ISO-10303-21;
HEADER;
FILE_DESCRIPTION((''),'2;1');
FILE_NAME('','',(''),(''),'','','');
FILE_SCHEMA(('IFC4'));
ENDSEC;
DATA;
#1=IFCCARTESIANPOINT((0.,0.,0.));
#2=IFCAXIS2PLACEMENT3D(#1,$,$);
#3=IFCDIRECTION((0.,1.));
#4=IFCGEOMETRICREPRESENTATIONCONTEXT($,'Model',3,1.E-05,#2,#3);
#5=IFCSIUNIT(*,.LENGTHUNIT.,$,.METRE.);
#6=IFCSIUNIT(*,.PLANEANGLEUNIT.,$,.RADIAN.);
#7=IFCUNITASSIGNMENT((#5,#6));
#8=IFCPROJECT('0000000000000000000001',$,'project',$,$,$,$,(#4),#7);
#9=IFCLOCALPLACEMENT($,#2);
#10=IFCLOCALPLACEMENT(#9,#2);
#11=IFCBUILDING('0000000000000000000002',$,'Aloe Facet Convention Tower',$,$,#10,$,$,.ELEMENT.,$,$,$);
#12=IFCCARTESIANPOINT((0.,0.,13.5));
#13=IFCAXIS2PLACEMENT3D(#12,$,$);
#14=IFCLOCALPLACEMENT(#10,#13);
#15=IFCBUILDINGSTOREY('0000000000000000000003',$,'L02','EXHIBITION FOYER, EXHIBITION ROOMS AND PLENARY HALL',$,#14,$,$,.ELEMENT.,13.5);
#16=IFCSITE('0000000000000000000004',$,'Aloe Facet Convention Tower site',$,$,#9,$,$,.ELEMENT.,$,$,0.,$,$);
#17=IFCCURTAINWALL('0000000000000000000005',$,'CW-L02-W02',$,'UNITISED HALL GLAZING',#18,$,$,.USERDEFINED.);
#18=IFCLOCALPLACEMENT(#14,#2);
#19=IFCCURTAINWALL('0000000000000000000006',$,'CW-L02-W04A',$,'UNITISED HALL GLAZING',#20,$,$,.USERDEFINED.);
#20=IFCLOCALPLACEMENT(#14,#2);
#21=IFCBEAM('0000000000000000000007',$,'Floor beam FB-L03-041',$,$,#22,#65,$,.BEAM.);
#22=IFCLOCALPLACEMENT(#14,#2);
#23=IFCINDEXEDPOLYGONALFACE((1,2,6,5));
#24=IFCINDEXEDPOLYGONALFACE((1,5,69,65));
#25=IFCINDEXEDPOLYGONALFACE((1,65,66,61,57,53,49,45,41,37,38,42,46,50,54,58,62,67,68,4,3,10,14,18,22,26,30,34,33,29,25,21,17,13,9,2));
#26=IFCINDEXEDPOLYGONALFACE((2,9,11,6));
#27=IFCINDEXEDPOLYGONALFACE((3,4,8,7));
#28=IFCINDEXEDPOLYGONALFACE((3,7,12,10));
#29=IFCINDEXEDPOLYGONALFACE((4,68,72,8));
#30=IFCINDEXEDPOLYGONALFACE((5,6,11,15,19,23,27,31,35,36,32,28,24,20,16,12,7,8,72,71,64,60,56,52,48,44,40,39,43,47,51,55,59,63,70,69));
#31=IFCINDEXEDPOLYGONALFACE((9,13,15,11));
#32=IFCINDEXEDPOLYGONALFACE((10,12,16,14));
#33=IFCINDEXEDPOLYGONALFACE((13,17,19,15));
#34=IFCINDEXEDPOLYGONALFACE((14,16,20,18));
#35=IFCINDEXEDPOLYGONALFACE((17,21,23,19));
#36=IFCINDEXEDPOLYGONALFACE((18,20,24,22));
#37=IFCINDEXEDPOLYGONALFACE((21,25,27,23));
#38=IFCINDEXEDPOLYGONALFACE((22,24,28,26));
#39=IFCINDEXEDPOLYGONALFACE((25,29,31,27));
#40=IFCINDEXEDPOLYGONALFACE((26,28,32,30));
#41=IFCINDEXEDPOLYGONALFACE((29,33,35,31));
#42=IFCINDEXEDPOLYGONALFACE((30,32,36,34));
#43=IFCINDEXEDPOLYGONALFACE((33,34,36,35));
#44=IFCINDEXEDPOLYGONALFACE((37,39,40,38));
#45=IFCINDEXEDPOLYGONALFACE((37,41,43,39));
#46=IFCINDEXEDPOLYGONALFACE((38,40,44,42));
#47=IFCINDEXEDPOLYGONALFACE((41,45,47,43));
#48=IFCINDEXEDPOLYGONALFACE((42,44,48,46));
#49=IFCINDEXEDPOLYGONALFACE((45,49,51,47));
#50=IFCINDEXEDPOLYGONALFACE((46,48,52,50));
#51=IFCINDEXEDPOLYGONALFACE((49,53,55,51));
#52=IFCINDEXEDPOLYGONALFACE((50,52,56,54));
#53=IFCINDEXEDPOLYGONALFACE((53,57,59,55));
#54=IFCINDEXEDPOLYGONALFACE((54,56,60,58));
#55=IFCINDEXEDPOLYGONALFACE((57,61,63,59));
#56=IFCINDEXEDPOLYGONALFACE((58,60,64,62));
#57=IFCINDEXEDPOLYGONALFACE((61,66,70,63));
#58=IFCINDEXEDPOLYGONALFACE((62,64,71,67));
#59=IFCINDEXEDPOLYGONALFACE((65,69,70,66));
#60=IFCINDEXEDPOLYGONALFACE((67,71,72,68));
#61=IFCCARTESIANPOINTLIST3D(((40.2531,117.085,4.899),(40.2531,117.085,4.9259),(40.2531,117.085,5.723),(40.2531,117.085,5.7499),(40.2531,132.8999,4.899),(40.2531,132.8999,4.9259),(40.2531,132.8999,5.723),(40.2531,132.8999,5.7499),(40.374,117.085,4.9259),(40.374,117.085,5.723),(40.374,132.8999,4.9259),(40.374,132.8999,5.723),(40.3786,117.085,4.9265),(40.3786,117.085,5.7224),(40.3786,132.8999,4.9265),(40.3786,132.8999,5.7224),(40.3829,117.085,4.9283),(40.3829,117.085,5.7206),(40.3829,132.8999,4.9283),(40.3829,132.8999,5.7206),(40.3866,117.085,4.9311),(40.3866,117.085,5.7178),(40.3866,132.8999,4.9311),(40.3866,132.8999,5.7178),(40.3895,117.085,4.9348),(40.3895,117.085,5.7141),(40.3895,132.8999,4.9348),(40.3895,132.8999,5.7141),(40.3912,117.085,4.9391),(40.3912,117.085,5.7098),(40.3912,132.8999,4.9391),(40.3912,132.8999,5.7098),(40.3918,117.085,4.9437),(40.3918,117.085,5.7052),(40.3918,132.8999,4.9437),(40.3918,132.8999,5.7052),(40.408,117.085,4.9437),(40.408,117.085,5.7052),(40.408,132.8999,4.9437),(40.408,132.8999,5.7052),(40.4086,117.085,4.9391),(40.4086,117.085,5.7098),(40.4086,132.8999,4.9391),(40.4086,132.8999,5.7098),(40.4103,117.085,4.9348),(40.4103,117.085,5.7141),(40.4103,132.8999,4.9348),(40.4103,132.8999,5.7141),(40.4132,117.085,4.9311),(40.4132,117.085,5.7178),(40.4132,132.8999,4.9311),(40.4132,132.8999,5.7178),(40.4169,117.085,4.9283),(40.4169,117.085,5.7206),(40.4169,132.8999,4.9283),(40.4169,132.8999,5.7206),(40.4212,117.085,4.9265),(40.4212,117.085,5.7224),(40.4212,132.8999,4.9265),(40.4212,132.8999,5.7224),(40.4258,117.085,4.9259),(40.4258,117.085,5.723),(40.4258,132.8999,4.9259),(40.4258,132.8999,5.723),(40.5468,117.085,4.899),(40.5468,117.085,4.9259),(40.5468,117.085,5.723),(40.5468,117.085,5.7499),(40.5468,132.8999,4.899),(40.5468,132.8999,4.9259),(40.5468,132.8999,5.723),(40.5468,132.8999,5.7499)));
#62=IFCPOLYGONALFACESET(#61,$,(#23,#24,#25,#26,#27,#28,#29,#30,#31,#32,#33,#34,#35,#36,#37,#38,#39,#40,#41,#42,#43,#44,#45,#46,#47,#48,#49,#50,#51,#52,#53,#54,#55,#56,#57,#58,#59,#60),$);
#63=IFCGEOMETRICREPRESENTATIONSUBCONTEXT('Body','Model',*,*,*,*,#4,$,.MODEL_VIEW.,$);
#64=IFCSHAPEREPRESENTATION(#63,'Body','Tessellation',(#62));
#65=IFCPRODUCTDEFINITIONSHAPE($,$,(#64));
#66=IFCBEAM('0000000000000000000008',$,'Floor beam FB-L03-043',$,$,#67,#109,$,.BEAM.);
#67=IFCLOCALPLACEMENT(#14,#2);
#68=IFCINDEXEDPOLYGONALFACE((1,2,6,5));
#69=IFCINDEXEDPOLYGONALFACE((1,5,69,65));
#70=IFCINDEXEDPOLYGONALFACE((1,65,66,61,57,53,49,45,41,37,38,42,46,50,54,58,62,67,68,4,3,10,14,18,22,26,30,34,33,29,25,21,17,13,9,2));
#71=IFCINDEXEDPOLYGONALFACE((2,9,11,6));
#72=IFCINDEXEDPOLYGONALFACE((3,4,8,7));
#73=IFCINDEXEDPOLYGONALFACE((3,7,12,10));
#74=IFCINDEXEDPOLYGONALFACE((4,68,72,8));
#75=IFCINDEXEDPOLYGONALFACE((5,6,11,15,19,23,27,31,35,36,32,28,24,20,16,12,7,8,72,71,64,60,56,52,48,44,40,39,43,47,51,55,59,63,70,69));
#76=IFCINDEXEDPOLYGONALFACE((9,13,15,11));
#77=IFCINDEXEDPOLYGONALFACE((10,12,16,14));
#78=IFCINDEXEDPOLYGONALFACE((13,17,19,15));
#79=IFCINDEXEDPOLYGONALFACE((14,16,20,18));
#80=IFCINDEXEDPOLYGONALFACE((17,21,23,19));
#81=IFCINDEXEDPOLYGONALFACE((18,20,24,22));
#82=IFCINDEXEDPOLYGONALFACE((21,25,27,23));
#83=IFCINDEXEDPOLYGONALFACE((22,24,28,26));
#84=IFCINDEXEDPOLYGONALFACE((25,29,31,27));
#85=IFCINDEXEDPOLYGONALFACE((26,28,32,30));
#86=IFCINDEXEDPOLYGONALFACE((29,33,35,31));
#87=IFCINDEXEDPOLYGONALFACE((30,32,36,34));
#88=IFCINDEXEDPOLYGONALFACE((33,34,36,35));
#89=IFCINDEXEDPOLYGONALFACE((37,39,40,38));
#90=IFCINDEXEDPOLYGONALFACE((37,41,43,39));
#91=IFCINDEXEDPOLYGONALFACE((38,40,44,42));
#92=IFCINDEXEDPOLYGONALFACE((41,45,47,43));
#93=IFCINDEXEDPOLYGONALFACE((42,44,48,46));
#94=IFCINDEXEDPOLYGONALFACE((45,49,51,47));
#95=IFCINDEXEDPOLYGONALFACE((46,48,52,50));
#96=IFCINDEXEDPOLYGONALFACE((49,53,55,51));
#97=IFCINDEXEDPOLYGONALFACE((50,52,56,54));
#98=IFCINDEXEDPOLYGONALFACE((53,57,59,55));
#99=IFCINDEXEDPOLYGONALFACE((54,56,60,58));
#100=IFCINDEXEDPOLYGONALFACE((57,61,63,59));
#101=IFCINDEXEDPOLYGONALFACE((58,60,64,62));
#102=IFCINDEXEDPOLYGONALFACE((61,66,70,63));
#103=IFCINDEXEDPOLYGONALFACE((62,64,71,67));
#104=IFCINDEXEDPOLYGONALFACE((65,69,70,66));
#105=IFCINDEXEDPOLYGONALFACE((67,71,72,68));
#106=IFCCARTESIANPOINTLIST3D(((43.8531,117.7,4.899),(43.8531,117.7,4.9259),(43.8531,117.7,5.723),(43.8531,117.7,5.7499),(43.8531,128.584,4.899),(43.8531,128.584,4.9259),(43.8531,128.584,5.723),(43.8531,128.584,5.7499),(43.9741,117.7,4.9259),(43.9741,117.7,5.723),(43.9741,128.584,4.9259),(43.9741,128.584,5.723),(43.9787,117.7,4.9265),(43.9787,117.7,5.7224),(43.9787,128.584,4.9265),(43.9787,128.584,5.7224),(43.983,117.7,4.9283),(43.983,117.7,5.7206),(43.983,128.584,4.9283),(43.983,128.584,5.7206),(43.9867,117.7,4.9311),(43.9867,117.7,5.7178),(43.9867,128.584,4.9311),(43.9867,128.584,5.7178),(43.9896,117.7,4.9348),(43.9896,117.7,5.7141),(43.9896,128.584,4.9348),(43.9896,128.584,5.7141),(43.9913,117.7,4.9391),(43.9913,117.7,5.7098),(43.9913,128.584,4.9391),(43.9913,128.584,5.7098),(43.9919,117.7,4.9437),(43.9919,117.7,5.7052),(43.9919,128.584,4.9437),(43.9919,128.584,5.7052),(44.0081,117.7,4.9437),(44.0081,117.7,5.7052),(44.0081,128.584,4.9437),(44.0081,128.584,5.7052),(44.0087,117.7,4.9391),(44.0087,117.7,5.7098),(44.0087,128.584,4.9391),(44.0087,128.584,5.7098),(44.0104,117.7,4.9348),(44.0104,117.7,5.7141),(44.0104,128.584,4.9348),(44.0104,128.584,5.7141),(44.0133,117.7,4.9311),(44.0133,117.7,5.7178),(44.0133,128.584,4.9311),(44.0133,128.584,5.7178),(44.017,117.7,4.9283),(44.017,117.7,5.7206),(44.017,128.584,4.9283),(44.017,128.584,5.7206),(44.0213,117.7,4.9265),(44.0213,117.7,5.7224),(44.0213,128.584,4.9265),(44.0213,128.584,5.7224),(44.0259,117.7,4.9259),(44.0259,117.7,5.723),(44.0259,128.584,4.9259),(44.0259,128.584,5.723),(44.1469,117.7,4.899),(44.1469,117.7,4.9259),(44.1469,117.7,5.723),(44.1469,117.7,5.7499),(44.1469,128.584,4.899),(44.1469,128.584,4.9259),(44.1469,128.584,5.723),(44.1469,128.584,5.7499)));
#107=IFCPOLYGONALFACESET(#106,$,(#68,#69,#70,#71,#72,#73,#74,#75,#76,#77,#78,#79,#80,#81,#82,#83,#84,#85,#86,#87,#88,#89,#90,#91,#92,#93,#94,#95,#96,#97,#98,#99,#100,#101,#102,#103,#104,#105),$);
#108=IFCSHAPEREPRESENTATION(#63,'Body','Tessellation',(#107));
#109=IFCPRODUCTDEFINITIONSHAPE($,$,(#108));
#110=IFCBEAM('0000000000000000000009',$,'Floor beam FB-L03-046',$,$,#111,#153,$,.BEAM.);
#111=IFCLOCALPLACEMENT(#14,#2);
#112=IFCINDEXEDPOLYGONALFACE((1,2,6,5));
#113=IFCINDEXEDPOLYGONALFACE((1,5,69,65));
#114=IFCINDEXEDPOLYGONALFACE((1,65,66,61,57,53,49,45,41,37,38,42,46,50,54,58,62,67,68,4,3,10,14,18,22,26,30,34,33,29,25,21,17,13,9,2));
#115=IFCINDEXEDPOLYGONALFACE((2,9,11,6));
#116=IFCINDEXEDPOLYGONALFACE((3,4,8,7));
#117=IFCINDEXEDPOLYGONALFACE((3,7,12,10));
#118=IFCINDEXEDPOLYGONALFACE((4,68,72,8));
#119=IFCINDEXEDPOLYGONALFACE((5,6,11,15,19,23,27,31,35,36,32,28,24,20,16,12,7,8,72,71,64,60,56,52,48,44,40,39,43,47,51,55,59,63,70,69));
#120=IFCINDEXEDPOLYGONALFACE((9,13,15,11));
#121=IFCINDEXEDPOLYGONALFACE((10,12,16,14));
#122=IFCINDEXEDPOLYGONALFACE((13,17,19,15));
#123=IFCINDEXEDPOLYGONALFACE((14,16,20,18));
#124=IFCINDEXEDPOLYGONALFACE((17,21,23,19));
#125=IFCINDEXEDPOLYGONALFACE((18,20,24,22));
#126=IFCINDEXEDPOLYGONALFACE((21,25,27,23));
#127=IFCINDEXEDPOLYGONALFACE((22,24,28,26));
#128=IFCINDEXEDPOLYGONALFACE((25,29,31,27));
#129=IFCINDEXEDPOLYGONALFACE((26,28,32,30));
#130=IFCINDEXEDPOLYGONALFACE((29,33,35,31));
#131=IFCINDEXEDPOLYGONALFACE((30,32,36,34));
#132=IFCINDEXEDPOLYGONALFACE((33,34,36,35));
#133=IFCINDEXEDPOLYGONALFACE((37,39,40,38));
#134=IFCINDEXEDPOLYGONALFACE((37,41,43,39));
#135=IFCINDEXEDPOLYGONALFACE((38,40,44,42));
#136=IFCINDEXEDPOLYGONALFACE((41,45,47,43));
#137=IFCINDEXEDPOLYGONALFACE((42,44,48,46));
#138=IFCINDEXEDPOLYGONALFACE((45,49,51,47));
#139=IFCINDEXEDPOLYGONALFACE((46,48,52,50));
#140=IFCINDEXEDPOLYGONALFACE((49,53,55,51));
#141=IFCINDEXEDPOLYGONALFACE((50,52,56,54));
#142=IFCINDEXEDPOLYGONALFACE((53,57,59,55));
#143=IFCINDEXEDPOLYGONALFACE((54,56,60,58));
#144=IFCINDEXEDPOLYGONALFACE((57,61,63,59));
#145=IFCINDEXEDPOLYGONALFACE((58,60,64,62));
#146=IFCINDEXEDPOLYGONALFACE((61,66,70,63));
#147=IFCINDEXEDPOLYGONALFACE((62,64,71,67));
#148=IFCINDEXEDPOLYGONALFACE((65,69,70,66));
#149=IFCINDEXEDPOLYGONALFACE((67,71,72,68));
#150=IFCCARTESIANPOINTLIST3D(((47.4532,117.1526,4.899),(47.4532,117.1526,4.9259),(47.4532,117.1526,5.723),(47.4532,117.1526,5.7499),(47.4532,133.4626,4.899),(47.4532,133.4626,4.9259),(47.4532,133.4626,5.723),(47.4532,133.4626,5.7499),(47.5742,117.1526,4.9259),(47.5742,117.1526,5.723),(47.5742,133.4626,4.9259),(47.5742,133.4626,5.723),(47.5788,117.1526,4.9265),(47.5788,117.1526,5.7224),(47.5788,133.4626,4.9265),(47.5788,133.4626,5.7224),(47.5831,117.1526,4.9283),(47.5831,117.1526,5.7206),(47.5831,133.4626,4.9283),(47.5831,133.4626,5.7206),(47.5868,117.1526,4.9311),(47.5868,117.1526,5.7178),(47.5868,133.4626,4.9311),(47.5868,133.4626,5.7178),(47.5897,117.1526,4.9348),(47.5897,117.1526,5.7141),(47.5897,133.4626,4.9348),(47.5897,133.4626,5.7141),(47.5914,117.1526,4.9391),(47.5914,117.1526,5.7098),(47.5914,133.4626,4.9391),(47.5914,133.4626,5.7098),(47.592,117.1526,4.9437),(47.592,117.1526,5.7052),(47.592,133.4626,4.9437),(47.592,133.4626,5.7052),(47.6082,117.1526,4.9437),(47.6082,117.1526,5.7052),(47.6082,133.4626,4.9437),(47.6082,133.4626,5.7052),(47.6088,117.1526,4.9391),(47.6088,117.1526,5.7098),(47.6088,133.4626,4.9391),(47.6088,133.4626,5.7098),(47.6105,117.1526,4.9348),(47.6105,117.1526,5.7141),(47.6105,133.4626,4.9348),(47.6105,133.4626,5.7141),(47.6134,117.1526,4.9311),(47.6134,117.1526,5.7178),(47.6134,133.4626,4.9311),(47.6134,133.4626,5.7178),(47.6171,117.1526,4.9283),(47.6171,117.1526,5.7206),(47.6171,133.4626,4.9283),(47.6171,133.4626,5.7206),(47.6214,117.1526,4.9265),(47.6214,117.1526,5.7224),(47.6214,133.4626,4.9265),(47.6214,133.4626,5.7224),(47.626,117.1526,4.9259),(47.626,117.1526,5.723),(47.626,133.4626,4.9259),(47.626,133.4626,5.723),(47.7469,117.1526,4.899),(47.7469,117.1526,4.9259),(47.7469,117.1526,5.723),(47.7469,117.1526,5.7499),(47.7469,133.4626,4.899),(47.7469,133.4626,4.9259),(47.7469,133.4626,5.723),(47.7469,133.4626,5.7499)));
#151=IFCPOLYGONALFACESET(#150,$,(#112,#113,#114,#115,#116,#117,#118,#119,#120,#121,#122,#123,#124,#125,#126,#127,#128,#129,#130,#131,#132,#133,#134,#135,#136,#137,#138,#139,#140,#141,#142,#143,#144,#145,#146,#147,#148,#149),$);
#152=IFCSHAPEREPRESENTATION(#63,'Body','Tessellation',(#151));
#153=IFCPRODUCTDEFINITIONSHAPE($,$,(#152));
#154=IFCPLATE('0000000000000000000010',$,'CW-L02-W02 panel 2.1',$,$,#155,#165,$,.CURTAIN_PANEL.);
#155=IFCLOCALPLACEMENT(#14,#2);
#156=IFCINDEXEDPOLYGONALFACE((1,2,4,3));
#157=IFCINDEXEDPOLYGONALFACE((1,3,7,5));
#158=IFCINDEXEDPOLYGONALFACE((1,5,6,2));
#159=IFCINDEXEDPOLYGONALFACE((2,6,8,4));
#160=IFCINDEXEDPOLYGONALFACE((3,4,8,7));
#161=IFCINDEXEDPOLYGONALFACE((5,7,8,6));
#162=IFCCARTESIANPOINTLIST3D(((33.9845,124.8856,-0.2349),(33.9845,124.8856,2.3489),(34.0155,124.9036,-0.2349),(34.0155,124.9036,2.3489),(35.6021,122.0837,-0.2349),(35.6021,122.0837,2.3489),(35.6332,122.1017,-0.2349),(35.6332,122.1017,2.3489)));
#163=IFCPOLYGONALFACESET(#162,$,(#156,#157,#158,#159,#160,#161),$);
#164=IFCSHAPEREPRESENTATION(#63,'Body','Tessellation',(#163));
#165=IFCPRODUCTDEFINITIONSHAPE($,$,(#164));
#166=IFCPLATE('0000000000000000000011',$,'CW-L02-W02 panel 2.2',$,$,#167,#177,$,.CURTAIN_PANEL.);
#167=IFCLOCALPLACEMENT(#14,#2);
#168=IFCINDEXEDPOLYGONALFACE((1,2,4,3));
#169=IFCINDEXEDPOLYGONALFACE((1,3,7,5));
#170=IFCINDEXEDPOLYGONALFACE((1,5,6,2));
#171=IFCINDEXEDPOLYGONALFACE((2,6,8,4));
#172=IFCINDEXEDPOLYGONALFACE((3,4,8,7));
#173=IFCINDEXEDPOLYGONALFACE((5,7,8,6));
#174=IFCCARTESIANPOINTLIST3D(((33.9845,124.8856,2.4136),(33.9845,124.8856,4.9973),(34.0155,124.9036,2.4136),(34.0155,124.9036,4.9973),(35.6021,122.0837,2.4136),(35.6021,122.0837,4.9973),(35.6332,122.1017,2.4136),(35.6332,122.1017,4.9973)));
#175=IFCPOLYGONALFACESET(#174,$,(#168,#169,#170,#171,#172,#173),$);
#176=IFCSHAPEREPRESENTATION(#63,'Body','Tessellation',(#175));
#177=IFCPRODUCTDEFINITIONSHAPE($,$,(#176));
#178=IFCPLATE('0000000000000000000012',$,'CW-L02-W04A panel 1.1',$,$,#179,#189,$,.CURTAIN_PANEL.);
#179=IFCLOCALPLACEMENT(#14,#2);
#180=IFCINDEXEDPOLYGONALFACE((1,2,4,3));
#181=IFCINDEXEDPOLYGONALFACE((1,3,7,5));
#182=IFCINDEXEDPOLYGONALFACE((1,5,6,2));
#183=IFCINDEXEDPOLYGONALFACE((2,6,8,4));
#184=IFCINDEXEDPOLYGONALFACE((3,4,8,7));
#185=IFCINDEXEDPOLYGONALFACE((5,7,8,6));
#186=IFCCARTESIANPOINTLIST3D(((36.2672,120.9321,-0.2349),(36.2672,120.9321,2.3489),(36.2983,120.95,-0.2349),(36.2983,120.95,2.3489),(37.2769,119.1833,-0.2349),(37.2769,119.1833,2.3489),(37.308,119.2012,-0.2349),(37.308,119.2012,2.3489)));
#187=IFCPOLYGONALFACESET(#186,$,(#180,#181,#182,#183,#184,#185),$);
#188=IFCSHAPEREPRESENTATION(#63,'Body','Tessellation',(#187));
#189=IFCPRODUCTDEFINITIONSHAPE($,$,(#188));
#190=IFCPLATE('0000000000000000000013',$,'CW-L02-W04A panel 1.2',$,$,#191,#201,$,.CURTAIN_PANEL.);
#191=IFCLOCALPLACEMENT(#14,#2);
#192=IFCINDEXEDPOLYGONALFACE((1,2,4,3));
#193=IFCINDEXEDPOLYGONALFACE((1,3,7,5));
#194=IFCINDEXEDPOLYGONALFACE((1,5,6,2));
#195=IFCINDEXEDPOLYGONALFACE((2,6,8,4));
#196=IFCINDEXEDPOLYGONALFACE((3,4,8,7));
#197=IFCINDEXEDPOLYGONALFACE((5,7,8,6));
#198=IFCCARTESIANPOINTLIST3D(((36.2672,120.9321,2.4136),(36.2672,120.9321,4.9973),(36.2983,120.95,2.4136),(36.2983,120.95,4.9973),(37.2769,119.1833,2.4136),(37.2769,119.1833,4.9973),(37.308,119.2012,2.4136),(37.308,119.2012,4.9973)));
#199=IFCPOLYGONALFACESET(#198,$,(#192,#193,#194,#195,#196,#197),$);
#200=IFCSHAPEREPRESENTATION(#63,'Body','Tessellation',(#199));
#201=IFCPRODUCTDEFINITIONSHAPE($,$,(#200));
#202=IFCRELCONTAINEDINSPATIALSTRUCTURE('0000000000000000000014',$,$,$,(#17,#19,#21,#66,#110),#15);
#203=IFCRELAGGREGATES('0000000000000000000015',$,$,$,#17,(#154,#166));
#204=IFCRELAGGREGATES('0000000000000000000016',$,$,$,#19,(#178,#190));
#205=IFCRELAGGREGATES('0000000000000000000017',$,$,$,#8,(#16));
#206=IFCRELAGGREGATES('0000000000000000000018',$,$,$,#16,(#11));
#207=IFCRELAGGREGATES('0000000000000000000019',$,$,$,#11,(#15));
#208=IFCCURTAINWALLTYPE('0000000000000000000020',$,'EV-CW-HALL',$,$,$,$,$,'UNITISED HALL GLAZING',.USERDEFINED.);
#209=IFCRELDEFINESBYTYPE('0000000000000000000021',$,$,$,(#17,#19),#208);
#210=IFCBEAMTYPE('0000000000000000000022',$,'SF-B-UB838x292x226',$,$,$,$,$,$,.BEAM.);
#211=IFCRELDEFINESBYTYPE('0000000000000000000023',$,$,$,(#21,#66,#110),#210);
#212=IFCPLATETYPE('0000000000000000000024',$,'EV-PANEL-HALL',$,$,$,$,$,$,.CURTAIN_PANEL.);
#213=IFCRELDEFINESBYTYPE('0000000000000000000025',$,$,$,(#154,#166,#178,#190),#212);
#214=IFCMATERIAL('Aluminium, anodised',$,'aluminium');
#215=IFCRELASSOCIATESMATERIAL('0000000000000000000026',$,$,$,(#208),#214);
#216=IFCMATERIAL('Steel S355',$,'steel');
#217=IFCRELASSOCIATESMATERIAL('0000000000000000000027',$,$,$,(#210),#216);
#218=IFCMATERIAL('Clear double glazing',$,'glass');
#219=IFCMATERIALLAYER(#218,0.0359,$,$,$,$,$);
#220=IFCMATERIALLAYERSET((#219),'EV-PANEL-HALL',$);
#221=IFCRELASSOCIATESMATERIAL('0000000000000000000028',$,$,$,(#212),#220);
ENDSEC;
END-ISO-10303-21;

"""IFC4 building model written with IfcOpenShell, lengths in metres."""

from ifc_helpers import new_model, si_unit, direction, frame, origin, origin_2d, place, context, subcontext, project, spatial, rectangle, i_section, extrude, material, layer, layer_set, material_profile, profile_set, type_object, element, aggregate, save


model = new_model("IFC4")

# Units and contexts
model_context = context("Model", 3, precision=1e-05, world=origin(), true_north=direction((0.0, 1.0)))
body_context = subcontext(model_context, "Body", "Model", "MODEL_VIEW")
ifc_project = project(units=[si_unit("LENGTHUNIT", "METRE"), si_unit("PLANEANGLEUNIT", "RADIAN")], contexts=[model_context])

# Site, building, storey
site_placement = place(None, origin())
site = spatial("IfcSite", under=ifc_project, at=site_placement, Name="Aloe Facet Convention Tower site", CompositionType="ELEMENT", RefElevation=0.0)
building_placement = place(site_placement, origin())
building = spatial("IfcBuilding", under=site, at=building_placement, Name="Aloe Facet Convention Tower", CompositionType="ELEMENT")
storey_placement = place(building_placement, frame((0.0, 0.0, 13.5)))
storey = spatial("IfcBuildingStorey", under=building, at=storey_placement, Name="L02", Description="EXHIBITION FOYER, EXHIBITION ROOMS AND PLENARY HALL", CompositionType="ELEMENT", Elevation=13.5)

# Curtain walls
ifc_material_1 = material(Name="Aluminium, anodised", Category="aluminium")
curtain_wall_type = type_object("IfcCurtainWallType", Name="EV-CW-HALL", ElementType="UNITISED HALL GLAZING", PredefinedType="USERDEFINED", material=ifc_material_1)
curtain_wall_1_placement = place(storey_placement, origin())
curtain_wall_1 = element("IfcCurtainWall", 1, at=curtain_wall_1_placement, inside=storey, type_object=curtain_wall_type, Name="CW-L02-W02", ObjectType="UNITISED HALL GLAZING", PredefinedType="USERDEFINED")
curtain_wall_2_placement = place(storey_placement, origin())
curtain_wall_2 = element("IfcCurtainWall", 2, at=curtain_wall_2_placement, inside=storey, type_object=curtain_wall_type, Name="CW-L02-W04A", ObjectType="UNITISED HALL GLAZING", PredefinedType="USERDEFINED")

# Beams
ifc_material_2 = material(Name="Steel S355", Category="steel")
ifc_material_profile_1 = material_profile(ifc_material_2, i_section(OverallWidth=0.2937, OverallDepth=0.8508, WebThickness=0.0161, FlangeThickness=0.0269, FilletRadius=0.0178, at=origin_2d()), Name="UB 838x292x226")
ifc_profile_set_1 = profile_set([ifc_material_profile_1], Name="Steel S355")
beam_type_1 = type_object("IfcBeamType", Name="SF-B-UB838x292x226", PredefinedType="BEAM", material=ifc_profile_set_1)
beam_1_placement = place(storey_placement, frame((40.3999, 117.085, 5.3245), z_axis=(0.0, 1.0, 0.0), x_axis=(-1.0, 0.0, 0.0)))
element("IfcBeam", 3, at=beam_1_placement, inside=storey, type_object=beam_type_1, Name="Floor beam FB-L03-041", PredefinedType="BEAM", context=body_context, shape_type="SweptSolid", body=[
    extrude(i_section(OverallWidth=0.2937, OverallDepth=0.8508, WebThickness=0.0161, FlangeThickness=0.0269, FilletRadius=0.0178, at=origin_2d()), origin(), (0.0, 0.0, 1.0), 15.8149),
])
beam_2_placement = place(storey_placement, frame((44.0, 117.7, 5.3245), z_axis=(0.0, 1.0, 0.0), x_axis=(-1.0, 0.0, 0.0)))
element("IfcBeam", 4, at=beam_2_placement, inside=storey, type_object=beam_type_1, Name="Floor beam FB-L03-043", PredefinedType="BEAM", context=body_context, shape_type="SweptSolid", body=[
    extrude(i_section(OverallWidth=0.2937, OverallDepth=0.8508, WebThickness=0.0161, FlangeThickness=0.0269, FilletRadius=0.0178, at=origin_2d()), origin(), (0.0, 0.0, 1.0), 10.884),
])
beam_3_placement = place(storey_placement, frame((47.6001, 117.1526, 5.3245), z_axis=(0.0, 1.0, 0.0), x_axis=(-1.0, 0.0, 0.0)))
element("IfcBeam", 5, at=beam_3_placement, inside=storey, type_object=beam_type_1, Name="Floor beam FB-L03-046", PredefinedType="BEAM", context=body_context, shape_type="SweptSolid", body=[
    extrude(i_section(OverallWidth=0.2937, OverallDepth=0.8508, WebThickness=0.0161, FlangeThickness=0.0269, FilletRadius=0.0178, at=origin_2d()), origin(), (0.0, 0.0, 1.0), 16.3101),
])

# Plates
ifc_material_3 = material(Name="Clear double glazing", Category="glass")
ifc_layer_1 = layer(ifc_material_3, 0.0359)
ifc_layer_set_1 = layer_set([ifc_layer_1], Name="EV-PANEL-HALL")
plate_type = type_object("IfcPlateType", Name="EV-PANEL-HALL", PredefinedType="CURTAIN_PANEL", material=ifc_layer_set_1)
plate_1_placement = place(storey_placement, frame((34.8088, 123.4937, -0.2349), z_axis=(0.0, 0.0, 1.0), x_axis=(0.5, -0.866025, 0.0)))
plate_1 = element("IfcPlate", 6, at=plate_1_placement, type_object=plate_type, Name="CW-L02-W02 panel 2.1", PredefinedType="CURTAIN_PANEL", context=body_context, shape_type="SweptSolid", body=[
    extrude(rectangle(XDim=3.2354, YDim=0.0359, at=origin_2d()), origin(), (0.0, 0.0, 1.0), 2.5837),
])
plate_2_placement = place(storey_placement, frame((34.8088, 123.4937, 2.4136), z_axis=(0.0, 0.0, 1.0), x_axis=(0.5, -0.866025, 0.0)))
plate_2 = element("IfcPlate", 7, at=plate_2_placement, type_object=plate_type, Name="CW-L02-W02 panel 2.2", PredefinedType="CURTAIN_PANEL", context=body_context, shape_type="SweptSolid", body=[
    extrude(rectangle(XDim=3.2354, YDim=0.0359, at=origin_2d()), origin(), (0.0, 0.0, 1.0), 2.5837),
])
aggregate(curtain_wall_1, [plate_1, plate_2])
plate_3_placement = place(storey_placement, frame((36.7876, 120.0667, -0.2349), z_axis=(0.0, 0.0, 1.0), x_axis=(0.5, -0.866025, 0.0)))
plate_3 = element("IfcPlate", 8, at=plate_3_placement, type_object=plate_type, Name="CW-L02-W04A panel 1.1", PredefinedType="CURTAIN_PANEL", context=body_context, shape_type="SweptSolid", body=[
    extrude(rectangle(XDim=2.0193, YDim=0.0359, at=origin_2d()), origin(), (0.0, 0.0, 1.0), 2.5837),
])
plate_4_placement = place(storey_placement, frame((36.7876, 120.0667, 2.4136), z_axis=(0.0, 0.0, 1.0), x_axis=(0.5, -0.866025, 0.0)))
plate_4 = element("IfcPlate", 9, at=plate_4_placement, type_object=plate_type, Name="CW-L02-W04A panel 1.2", PredefinedType="CURTAIN_PANEL", context=body_context, shape_type="SweptSolid", body=[
    extrude(rectangle(XDim=2.0193, YDim=0.0359, at=origin_2d()), origin(), (0.0, 0.0, 1.0), 2.5837),
])
aggregate(curtain_wall_2, [plate_3, plate_4])

save(model, "model.ifc")
